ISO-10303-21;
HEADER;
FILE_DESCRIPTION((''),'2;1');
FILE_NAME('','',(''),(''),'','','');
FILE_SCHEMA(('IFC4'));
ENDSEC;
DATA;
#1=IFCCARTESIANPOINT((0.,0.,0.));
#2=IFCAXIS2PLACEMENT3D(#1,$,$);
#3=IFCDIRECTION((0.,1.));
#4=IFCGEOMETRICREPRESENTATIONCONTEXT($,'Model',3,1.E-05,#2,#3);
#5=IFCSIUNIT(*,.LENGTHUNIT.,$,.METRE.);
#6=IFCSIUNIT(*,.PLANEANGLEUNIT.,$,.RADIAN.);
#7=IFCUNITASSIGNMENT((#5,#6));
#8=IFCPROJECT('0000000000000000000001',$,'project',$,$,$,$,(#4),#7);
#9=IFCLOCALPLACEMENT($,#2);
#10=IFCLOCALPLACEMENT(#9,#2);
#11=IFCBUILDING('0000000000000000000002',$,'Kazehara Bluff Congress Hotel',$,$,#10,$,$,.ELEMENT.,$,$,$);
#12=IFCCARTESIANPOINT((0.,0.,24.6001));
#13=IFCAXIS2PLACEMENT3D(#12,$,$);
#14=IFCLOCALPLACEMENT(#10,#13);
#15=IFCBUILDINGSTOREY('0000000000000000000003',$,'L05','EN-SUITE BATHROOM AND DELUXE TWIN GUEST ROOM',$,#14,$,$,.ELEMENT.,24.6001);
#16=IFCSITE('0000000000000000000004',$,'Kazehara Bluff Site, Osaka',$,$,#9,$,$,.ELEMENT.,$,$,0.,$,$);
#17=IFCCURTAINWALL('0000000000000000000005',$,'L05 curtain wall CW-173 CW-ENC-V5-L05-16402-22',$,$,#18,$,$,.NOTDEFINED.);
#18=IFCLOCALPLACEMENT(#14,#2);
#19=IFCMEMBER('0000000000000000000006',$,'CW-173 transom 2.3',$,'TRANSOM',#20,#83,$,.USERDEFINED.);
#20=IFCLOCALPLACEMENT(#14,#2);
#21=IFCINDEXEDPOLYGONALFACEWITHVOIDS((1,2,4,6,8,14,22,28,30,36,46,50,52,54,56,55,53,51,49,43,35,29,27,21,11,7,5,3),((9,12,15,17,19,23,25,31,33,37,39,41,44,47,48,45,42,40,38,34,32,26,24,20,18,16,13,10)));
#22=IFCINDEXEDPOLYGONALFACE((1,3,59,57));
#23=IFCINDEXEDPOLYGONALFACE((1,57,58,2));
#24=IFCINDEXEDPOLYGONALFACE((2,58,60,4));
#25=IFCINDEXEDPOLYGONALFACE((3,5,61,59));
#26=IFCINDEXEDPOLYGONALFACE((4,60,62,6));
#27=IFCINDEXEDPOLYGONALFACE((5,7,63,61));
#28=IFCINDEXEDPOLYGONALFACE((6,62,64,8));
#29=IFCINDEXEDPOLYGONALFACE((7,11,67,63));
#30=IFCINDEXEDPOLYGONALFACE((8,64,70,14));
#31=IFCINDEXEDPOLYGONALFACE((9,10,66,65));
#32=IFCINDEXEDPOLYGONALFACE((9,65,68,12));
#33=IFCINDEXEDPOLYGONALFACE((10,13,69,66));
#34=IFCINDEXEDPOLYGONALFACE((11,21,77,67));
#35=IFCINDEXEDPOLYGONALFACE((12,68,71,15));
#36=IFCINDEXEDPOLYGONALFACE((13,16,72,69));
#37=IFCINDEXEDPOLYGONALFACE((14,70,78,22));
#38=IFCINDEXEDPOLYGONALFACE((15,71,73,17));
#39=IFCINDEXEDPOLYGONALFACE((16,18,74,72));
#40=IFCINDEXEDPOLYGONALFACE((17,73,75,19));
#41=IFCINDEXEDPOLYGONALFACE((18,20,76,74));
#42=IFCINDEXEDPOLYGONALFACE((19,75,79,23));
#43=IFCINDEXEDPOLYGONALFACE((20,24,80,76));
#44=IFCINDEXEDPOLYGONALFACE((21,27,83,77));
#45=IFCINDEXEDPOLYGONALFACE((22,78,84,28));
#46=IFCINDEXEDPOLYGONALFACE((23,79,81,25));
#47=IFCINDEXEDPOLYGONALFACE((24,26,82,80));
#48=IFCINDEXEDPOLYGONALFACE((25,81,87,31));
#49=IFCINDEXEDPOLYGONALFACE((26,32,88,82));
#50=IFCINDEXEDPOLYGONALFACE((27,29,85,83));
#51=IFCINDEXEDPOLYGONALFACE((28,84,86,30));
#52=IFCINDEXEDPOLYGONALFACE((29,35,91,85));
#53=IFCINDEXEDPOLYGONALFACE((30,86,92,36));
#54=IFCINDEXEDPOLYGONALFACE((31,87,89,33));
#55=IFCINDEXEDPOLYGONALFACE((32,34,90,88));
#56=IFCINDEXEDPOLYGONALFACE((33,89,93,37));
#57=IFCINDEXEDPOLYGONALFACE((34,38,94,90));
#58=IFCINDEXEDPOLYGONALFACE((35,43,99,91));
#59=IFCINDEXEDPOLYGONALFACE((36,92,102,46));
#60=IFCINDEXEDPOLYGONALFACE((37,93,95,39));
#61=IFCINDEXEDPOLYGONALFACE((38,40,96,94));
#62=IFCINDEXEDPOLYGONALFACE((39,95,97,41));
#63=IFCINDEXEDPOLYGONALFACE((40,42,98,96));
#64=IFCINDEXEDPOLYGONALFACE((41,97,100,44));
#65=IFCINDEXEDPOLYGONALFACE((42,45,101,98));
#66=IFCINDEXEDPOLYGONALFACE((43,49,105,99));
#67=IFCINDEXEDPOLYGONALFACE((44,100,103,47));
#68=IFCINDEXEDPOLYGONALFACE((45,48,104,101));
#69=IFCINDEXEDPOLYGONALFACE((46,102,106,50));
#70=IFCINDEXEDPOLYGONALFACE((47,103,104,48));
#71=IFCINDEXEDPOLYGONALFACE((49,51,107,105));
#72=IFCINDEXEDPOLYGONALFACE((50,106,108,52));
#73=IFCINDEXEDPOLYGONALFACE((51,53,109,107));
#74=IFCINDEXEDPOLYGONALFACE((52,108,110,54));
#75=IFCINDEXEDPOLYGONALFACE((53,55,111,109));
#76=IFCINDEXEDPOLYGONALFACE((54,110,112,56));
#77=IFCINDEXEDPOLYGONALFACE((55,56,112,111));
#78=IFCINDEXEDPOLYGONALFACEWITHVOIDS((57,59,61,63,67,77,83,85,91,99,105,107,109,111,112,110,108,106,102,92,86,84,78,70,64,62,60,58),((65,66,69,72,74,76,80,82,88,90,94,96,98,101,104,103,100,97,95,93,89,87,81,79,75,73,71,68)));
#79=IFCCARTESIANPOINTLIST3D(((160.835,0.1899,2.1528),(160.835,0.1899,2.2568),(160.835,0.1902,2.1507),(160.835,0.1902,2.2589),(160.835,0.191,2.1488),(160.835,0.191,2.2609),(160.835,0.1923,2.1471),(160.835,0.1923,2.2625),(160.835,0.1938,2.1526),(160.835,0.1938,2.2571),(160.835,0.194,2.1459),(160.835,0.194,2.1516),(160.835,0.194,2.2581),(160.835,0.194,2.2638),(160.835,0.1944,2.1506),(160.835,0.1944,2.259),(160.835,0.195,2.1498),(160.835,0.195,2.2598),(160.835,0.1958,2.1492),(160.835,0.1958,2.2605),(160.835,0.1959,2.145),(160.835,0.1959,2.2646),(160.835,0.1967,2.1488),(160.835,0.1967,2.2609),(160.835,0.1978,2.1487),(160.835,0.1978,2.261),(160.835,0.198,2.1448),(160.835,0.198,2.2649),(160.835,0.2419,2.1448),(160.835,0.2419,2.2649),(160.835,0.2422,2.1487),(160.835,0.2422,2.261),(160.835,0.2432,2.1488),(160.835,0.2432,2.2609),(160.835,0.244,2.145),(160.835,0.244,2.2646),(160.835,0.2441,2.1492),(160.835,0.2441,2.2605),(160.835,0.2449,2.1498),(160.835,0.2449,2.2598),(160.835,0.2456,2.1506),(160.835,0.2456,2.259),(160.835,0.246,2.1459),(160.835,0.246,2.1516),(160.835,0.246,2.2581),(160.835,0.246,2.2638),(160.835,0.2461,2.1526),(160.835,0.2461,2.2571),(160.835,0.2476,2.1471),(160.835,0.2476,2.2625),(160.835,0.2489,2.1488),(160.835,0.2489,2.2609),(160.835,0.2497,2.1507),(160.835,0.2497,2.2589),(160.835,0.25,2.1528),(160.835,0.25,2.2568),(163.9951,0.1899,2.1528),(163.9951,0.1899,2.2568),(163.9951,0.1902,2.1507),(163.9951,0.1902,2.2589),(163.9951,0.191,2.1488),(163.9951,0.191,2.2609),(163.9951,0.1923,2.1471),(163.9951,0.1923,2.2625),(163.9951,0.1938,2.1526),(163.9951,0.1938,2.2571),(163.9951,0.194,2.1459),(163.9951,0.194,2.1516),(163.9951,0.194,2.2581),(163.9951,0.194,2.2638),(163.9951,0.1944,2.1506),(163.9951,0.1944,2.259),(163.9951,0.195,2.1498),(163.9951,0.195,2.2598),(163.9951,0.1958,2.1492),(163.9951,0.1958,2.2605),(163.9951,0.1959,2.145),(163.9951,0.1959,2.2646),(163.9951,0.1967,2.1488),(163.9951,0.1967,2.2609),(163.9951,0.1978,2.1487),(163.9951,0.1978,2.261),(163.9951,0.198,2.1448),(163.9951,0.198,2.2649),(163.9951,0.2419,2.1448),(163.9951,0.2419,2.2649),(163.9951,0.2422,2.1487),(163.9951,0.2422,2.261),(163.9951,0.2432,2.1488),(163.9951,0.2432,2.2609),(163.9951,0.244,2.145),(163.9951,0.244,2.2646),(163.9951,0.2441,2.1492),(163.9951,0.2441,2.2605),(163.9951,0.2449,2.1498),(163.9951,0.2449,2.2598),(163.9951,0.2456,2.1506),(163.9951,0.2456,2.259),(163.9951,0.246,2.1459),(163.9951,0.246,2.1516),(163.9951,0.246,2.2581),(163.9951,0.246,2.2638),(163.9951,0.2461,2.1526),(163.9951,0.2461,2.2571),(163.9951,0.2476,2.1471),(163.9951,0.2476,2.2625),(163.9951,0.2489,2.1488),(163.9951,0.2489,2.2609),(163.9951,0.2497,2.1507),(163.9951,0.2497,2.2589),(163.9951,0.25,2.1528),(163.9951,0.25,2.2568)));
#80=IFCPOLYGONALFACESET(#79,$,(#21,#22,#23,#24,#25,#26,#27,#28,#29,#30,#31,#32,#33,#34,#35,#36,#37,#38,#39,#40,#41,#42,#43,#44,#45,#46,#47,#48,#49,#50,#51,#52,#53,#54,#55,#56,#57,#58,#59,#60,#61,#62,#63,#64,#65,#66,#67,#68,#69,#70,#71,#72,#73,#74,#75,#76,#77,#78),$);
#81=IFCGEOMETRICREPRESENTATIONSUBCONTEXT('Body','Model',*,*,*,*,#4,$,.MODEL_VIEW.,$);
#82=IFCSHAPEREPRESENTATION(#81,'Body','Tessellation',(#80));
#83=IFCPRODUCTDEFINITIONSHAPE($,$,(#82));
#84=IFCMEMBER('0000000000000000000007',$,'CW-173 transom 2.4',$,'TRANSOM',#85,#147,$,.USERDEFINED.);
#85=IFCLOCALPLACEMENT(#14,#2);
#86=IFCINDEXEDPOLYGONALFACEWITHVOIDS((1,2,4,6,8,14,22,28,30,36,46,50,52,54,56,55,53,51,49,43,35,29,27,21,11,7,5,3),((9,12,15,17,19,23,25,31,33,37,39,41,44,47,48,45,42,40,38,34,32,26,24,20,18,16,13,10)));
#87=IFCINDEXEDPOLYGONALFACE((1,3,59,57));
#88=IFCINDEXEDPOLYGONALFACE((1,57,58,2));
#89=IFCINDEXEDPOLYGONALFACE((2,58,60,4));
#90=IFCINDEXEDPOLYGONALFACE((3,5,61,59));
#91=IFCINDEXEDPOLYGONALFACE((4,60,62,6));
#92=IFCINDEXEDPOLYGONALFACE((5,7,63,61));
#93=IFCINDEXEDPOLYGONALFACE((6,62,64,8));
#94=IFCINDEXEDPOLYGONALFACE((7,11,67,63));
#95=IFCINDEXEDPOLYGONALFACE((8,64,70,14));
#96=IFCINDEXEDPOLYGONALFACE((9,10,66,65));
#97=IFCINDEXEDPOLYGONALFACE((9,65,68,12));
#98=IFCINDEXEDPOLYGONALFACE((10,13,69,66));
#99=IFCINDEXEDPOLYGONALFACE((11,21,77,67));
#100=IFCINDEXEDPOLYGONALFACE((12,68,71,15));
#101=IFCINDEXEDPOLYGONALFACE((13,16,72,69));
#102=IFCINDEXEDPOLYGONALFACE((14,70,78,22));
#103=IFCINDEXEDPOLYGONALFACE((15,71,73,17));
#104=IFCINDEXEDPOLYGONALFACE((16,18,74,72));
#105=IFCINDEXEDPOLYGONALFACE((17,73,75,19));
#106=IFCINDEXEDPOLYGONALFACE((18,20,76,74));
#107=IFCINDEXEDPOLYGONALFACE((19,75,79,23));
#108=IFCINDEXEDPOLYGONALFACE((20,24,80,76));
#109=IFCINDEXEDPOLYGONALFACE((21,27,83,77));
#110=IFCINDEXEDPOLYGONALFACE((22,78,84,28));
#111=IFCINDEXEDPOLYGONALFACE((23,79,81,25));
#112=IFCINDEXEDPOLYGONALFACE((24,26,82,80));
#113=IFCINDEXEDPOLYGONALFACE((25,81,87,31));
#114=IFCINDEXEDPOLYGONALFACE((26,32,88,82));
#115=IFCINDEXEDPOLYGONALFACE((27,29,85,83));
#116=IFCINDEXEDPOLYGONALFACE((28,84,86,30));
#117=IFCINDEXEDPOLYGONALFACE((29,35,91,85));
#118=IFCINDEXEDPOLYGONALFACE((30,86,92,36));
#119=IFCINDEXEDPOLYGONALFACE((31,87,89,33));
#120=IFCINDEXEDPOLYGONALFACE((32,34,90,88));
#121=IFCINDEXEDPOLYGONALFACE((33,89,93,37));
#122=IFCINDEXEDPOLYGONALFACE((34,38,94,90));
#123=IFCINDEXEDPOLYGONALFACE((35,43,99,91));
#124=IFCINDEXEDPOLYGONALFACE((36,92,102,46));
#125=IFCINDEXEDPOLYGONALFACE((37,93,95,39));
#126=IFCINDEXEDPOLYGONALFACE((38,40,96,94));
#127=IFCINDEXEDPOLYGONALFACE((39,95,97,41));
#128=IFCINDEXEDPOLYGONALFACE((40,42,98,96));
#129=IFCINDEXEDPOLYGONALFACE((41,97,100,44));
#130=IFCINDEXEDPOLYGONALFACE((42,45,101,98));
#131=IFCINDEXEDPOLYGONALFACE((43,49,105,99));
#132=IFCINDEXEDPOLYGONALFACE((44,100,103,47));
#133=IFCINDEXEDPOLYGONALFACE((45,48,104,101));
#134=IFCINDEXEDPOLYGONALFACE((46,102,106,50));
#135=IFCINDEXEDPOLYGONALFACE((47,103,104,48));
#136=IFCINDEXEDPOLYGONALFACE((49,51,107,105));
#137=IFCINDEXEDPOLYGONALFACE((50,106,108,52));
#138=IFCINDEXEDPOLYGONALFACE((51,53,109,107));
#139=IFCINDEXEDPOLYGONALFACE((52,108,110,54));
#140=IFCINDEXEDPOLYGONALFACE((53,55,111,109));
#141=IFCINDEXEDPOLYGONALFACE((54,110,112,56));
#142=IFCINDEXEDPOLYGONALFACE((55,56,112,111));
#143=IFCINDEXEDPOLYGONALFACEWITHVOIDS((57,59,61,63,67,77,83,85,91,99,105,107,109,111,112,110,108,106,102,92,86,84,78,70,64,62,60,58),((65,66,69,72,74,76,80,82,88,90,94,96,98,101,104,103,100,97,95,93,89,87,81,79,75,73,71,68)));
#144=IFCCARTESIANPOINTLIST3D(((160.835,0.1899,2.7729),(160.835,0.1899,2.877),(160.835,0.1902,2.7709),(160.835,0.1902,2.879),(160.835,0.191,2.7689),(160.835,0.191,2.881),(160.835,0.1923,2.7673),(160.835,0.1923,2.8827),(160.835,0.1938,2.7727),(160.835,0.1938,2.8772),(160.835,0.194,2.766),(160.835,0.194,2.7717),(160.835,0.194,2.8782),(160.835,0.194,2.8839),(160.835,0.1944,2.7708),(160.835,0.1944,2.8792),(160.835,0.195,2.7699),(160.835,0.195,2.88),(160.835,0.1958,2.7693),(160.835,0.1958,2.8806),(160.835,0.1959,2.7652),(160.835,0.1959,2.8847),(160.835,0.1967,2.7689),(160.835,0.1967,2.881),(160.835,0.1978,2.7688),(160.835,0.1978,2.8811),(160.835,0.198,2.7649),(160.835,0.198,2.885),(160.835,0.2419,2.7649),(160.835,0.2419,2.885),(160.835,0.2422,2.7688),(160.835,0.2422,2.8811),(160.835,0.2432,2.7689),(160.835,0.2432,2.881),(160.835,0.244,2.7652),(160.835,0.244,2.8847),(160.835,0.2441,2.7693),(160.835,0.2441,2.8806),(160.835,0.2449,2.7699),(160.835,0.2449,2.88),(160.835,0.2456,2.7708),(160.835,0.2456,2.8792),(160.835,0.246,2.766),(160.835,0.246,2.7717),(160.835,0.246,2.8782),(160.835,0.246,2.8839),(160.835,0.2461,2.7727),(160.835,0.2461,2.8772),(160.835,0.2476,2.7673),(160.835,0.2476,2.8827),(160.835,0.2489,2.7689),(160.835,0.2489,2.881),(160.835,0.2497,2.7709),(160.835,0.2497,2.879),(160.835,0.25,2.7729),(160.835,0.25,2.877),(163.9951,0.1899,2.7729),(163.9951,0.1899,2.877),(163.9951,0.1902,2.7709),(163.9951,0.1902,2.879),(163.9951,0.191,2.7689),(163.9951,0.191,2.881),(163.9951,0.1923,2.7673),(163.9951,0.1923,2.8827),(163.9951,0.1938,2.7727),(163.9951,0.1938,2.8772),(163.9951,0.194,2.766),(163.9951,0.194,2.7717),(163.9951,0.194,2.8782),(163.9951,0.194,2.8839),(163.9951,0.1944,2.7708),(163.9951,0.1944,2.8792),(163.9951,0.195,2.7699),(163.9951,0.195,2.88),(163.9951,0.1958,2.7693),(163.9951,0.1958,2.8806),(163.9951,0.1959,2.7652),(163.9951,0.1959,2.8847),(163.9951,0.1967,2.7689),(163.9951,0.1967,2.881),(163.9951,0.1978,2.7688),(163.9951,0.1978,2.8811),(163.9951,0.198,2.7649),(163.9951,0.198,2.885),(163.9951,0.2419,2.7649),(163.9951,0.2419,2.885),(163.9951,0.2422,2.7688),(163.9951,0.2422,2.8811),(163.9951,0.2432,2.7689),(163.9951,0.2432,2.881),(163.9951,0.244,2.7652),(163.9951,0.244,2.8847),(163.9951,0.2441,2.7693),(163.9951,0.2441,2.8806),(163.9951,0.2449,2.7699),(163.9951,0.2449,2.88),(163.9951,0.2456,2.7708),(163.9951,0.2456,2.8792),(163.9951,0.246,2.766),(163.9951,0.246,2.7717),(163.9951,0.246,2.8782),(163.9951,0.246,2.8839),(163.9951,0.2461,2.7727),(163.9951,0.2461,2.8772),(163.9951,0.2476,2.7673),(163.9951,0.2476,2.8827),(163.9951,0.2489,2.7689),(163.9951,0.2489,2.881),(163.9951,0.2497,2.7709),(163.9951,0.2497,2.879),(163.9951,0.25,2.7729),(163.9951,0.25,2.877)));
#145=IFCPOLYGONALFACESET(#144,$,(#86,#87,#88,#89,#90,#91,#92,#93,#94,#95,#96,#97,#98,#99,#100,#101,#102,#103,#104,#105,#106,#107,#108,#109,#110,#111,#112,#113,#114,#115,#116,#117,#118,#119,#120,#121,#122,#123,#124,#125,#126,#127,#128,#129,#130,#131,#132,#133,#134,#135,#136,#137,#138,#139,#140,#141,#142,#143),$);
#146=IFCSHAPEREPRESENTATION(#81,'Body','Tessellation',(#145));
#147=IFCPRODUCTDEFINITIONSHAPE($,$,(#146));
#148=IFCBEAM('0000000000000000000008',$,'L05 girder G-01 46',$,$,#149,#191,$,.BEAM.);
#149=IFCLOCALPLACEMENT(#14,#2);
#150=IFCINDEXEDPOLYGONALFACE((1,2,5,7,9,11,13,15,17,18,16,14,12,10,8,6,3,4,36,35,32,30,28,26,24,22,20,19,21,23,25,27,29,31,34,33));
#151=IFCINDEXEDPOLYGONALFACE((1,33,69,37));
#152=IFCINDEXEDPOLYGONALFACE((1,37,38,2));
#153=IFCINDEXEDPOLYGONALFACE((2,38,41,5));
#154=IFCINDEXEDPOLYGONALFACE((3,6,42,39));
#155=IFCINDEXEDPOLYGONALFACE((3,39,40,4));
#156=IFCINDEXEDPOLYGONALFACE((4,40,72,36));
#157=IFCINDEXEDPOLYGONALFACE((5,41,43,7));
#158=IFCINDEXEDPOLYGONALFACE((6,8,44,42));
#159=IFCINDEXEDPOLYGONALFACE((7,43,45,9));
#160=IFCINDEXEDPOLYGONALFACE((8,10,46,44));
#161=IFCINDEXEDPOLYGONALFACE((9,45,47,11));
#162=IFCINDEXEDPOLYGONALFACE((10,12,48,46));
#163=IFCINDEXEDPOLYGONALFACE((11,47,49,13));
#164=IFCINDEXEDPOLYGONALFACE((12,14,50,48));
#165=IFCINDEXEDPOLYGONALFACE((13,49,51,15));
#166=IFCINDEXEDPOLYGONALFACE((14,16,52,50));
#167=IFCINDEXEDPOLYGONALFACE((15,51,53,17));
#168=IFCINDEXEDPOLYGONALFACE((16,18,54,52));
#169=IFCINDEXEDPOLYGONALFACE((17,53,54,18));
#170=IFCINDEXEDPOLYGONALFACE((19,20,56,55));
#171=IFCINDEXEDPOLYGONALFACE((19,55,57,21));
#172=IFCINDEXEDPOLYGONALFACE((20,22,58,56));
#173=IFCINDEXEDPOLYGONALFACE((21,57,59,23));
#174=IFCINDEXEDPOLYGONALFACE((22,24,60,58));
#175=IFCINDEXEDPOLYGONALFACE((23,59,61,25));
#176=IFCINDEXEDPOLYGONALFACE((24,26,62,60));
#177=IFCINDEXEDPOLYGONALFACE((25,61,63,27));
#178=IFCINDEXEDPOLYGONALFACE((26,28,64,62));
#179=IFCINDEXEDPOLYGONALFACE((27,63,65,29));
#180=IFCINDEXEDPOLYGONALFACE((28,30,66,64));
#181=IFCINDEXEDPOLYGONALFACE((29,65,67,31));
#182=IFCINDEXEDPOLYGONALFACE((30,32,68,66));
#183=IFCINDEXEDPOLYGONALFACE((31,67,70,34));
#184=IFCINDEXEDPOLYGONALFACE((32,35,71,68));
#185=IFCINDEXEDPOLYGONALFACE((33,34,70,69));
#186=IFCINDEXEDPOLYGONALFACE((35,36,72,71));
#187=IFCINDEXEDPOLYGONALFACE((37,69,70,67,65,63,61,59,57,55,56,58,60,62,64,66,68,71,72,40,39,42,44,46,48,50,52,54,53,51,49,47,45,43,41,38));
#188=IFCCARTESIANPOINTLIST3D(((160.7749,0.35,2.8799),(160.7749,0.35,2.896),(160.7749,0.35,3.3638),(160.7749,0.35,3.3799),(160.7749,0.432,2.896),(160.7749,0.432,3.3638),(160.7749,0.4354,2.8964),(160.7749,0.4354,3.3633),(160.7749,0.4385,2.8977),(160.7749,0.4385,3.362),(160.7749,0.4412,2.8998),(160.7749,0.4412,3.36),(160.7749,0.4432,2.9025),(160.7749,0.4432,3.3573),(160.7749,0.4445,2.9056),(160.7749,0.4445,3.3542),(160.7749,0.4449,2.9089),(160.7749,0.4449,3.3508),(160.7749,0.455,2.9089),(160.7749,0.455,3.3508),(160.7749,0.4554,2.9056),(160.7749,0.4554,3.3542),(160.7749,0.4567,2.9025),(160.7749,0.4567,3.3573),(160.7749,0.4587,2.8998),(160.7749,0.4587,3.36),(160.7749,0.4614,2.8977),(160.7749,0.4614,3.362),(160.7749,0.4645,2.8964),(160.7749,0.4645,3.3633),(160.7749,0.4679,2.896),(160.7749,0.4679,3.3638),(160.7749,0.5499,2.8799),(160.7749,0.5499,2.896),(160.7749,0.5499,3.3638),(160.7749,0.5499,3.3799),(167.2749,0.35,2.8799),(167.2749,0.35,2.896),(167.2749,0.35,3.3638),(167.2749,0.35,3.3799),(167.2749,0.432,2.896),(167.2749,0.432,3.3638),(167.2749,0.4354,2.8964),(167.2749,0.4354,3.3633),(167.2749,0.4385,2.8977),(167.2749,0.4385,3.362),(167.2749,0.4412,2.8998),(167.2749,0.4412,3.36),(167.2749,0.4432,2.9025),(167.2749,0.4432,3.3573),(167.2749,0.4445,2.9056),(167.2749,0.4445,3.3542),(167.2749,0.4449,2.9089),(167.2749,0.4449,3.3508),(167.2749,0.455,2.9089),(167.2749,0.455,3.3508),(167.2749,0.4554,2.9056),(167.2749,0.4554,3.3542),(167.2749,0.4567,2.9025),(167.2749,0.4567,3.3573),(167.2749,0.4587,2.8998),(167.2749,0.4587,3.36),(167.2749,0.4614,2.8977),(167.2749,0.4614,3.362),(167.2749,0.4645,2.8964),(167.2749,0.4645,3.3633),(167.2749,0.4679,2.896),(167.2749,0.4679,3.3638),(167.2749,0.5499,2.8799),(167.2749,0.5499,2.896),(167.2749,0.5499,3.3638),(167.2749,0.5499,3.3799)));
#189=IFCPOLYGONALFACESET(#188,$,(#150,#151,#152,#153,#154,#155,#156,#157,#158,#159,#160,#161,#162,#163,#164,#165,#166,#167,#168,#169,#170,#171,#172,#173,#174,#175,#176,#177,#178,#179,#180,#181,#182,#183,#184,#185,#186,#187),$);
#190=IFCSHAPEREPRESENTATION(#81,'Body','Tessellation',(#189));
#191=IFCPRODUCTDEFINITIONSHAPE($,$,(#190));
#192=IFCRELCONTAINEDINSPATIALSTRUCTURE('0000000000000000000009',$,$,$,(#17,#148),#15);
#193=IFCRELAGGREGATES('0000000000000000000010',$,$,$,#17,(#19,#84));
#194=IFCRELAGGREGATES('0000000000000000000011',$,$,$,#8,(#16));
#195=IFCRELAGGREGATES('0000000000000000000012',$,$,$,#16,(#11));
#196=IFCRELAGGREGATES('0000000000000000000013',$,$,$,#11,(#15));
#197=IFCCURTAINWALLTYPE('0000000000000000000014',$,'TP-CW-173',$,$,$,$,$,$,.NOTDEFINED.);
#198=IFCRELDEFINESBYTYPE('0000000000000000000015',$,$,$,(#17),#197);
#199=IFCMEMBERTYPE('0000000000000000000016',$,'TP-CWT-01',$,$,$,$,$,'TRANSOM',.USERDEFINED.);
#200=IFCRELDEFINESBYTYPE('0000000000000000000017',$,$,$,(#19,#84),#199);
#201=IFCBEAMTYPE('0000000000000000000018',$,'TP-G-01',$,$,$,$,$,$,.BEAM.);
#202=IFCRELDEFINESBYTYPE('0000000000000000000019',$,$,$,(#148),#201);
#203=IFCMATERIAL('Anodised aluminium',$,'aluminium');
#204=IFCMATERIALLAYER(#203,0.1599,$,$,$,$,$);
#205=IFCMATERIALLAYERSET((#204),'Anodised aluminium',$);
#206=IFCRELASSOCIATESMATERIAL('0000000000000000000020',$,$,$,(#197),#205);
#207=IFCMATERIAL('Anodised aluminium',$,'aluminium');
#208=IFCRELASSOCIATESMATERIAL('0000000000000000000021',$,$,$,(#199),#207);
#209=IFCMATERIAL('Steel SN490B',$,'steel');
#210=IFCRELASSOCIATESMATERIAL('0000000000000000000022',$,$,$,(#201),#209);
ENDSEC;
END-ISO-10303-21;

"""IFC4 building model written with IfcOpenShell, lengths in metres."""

from ifc_helpers import new_model, si_unit, direction, frame, origin, origin_2d, place, context, subcontext, project, spatial, hollow_rectangle, i_section, extrude, material, layer, layer_set, material_profile, profile_set, type_object, element, aggregate, save


model = new_model("IFC4")

# Units and contexts
model_context = context("Model", 3, precision=1e-05, world=origin(), true_north=direction((0.0, 1.0)))
body_context = subcontext(model_context, "Body", "Model", "MODEL_VIEW")
ifc_project = project(units=[si_unit("LENGTHUNIT", "METRE"), si_unit("PLANEANGLEUNIT", "RADIAN")], contexts=[model_context])

# Site, building, storey
site_placement = place(None, origin())
site = spatial("IfcSite", under=ifc_project, at=site_placement, Name="Kazehara Bluff Site, Osaka", CompositionType="ELEMENT", RefElevation=0.0)
building_placement = place(site_placement, origin())
building = spatial("IfcBuilding", under=site, at=building_placement, Name="Kazehara Bluff Congress Hotel", CompositionType="ELEMENT")
storey_placement = place(building_placement, frame((0.0, 0.0, 24.6001)))
storey = spatial("IfcBuildingStorey", under=building, at=storey_placement, Name="L05", Description="EN-SUITE BATHROOM AND DELUXE TWIN GUEST ROOM", CompositionType="ELEMENT", Elevation=24.6001)

# Curtain wall
ifc_material_1 = material(Name="Anodised aluminium", Category="aluminium")
ifc_layer_1 = layer(ifc_material_1, 0.1599)
ifc_layer_set_1 = layer_set([ifc_layer_1], Name="Anodised aluminium")
curtain_wall_type_1 = type_object("IfcCurtainWallType", Name="TP-CW-173", PredefinedType="NOTDEFINED", material=ifc_layer_set_1)
curtain_wall_1_placement = place(storey_placement, origin())
curtain_wall_1 = element("IfcCurtainWall", 1, at=curtain_wall_1_placement, inside=storey, type_object=curtain_wall_type_1, Name="L05 curtain wall CW-173 CW-ENC-V5-L05-16402-22", PredefinedType="NOTDEFINED")

# Members
ifc_material_2 = material(Name="Anodised aluminium", Category="aluminium")
ifc_material_profile_1 = material_profile(ifc_material_2, hollow_rectangle(XDim=0.0601, YDim=0.1201, WallThickness=0.0039, InnerFilletRadius=0.0039, OuterFilletRadius=0.0081, at=origin_2d()))
ifc_profile_set_1 = profile_set([ifc_material_profile_1], Name="Anodised aluminium")
member_type_1 = type_object("IfcMemberType", Name="TP-CWT-01", ElementType="TRANSOM", PredefinedType="USERDEFINED", material=ifc_profile_set_1)
member_1_placement = place(storey_placement, frame((163.9951, 0.22, 2.2048), z_axis=(-1.0, 0.0, 0.0), x_axis=(0.0, -1.0, 0.0)))
member_1 = element("IfcMember", 2, at=member_1_placement, type_object=member_type_1, Name="CW-173 transom 2.3", ObjectType="TRANSOM", PredefinedType="USERDEFINED", context=body_context, shape_type="SweptSolid", body=[
    extrude(hollow_rectangle(XDim=0.0601, YDim=0.1201, WallThickness=0.0039, InnerFilletRadius=0.0039, OuterFilletRadius=0.0081, at=origin_2d()), origin(), (0.0, 0.0, 1.0), 3.1602),
])
member_2_placement = place(storey_placement, frame((163.9951, 0.22, 2.825), z_axis=(-1.0, 0.0, 0.0), x_axis=(0.0, -1.0, 0.0)))
member_2 = element("IfcMember", 3, at=member_2_placement, type_object=member_type_1, Name="CW-173 transom 2.4", ObjectType="TRANSOM", PredefinedType="USERDEFINED", context=body_context, shape_type="SweptSolid", body=[
    extrude(hollow_rectangle(XDim=0.0601, YDim=0.1201, WallThickness=0.0039, InnerFilletRadius=0.0039, OuterFilletRadius=0.0081, at=origin_2d()), origin(), (0.0, 0.0, 1.0), 3.1602),
])

# Beam
ifc_material_3 = material(Name="Steel SN490B", Category="steel")
ifc_material_profile_2 = material_profile(ifc_material_3, i_section(OverallWidth=0.2, OverallDepth=0.5, WebThickness=0.01, FlangeThickness=0.0161, FilletRadius=0.0129, at=origin_2d()))
ifc_profile_set_2 = profile_set([ifc_material_profile_2], Name="Steel SN490B")
beam_type_1 = type_object("IfcBeamType", Name="TP-G-01", PredefinedType="BEAM", material=ifc_profile_set_2)
beam_1_placement = place(storey_placement, frame((160.7749, 0.45, 3.1299), z_axis=(1.0, 0.0, 0.0), x_axis=(0.0, 1.0, 0.0)))
element("IfcBeam", 4, at=beam_1_placement, inside=storey, type_object=beam_type_1, Name="L05 girder G-01 46", PredefinedType="BEAM", context=body_context, shape_type="SweptSolid", body=[
    extrude(i_section(OverallWidth=0.2, OverallDepth=0.5, WebThickness=0.01, FlangeThickness=0.0161, FilletRadius=0.0129, at=origin_2d()), origin(), (0.0, 0.0, 1.0), 6.5),
])

aggregate(curtain_wall_1, [member_1, member_2])

save(model, "model.ifc")
